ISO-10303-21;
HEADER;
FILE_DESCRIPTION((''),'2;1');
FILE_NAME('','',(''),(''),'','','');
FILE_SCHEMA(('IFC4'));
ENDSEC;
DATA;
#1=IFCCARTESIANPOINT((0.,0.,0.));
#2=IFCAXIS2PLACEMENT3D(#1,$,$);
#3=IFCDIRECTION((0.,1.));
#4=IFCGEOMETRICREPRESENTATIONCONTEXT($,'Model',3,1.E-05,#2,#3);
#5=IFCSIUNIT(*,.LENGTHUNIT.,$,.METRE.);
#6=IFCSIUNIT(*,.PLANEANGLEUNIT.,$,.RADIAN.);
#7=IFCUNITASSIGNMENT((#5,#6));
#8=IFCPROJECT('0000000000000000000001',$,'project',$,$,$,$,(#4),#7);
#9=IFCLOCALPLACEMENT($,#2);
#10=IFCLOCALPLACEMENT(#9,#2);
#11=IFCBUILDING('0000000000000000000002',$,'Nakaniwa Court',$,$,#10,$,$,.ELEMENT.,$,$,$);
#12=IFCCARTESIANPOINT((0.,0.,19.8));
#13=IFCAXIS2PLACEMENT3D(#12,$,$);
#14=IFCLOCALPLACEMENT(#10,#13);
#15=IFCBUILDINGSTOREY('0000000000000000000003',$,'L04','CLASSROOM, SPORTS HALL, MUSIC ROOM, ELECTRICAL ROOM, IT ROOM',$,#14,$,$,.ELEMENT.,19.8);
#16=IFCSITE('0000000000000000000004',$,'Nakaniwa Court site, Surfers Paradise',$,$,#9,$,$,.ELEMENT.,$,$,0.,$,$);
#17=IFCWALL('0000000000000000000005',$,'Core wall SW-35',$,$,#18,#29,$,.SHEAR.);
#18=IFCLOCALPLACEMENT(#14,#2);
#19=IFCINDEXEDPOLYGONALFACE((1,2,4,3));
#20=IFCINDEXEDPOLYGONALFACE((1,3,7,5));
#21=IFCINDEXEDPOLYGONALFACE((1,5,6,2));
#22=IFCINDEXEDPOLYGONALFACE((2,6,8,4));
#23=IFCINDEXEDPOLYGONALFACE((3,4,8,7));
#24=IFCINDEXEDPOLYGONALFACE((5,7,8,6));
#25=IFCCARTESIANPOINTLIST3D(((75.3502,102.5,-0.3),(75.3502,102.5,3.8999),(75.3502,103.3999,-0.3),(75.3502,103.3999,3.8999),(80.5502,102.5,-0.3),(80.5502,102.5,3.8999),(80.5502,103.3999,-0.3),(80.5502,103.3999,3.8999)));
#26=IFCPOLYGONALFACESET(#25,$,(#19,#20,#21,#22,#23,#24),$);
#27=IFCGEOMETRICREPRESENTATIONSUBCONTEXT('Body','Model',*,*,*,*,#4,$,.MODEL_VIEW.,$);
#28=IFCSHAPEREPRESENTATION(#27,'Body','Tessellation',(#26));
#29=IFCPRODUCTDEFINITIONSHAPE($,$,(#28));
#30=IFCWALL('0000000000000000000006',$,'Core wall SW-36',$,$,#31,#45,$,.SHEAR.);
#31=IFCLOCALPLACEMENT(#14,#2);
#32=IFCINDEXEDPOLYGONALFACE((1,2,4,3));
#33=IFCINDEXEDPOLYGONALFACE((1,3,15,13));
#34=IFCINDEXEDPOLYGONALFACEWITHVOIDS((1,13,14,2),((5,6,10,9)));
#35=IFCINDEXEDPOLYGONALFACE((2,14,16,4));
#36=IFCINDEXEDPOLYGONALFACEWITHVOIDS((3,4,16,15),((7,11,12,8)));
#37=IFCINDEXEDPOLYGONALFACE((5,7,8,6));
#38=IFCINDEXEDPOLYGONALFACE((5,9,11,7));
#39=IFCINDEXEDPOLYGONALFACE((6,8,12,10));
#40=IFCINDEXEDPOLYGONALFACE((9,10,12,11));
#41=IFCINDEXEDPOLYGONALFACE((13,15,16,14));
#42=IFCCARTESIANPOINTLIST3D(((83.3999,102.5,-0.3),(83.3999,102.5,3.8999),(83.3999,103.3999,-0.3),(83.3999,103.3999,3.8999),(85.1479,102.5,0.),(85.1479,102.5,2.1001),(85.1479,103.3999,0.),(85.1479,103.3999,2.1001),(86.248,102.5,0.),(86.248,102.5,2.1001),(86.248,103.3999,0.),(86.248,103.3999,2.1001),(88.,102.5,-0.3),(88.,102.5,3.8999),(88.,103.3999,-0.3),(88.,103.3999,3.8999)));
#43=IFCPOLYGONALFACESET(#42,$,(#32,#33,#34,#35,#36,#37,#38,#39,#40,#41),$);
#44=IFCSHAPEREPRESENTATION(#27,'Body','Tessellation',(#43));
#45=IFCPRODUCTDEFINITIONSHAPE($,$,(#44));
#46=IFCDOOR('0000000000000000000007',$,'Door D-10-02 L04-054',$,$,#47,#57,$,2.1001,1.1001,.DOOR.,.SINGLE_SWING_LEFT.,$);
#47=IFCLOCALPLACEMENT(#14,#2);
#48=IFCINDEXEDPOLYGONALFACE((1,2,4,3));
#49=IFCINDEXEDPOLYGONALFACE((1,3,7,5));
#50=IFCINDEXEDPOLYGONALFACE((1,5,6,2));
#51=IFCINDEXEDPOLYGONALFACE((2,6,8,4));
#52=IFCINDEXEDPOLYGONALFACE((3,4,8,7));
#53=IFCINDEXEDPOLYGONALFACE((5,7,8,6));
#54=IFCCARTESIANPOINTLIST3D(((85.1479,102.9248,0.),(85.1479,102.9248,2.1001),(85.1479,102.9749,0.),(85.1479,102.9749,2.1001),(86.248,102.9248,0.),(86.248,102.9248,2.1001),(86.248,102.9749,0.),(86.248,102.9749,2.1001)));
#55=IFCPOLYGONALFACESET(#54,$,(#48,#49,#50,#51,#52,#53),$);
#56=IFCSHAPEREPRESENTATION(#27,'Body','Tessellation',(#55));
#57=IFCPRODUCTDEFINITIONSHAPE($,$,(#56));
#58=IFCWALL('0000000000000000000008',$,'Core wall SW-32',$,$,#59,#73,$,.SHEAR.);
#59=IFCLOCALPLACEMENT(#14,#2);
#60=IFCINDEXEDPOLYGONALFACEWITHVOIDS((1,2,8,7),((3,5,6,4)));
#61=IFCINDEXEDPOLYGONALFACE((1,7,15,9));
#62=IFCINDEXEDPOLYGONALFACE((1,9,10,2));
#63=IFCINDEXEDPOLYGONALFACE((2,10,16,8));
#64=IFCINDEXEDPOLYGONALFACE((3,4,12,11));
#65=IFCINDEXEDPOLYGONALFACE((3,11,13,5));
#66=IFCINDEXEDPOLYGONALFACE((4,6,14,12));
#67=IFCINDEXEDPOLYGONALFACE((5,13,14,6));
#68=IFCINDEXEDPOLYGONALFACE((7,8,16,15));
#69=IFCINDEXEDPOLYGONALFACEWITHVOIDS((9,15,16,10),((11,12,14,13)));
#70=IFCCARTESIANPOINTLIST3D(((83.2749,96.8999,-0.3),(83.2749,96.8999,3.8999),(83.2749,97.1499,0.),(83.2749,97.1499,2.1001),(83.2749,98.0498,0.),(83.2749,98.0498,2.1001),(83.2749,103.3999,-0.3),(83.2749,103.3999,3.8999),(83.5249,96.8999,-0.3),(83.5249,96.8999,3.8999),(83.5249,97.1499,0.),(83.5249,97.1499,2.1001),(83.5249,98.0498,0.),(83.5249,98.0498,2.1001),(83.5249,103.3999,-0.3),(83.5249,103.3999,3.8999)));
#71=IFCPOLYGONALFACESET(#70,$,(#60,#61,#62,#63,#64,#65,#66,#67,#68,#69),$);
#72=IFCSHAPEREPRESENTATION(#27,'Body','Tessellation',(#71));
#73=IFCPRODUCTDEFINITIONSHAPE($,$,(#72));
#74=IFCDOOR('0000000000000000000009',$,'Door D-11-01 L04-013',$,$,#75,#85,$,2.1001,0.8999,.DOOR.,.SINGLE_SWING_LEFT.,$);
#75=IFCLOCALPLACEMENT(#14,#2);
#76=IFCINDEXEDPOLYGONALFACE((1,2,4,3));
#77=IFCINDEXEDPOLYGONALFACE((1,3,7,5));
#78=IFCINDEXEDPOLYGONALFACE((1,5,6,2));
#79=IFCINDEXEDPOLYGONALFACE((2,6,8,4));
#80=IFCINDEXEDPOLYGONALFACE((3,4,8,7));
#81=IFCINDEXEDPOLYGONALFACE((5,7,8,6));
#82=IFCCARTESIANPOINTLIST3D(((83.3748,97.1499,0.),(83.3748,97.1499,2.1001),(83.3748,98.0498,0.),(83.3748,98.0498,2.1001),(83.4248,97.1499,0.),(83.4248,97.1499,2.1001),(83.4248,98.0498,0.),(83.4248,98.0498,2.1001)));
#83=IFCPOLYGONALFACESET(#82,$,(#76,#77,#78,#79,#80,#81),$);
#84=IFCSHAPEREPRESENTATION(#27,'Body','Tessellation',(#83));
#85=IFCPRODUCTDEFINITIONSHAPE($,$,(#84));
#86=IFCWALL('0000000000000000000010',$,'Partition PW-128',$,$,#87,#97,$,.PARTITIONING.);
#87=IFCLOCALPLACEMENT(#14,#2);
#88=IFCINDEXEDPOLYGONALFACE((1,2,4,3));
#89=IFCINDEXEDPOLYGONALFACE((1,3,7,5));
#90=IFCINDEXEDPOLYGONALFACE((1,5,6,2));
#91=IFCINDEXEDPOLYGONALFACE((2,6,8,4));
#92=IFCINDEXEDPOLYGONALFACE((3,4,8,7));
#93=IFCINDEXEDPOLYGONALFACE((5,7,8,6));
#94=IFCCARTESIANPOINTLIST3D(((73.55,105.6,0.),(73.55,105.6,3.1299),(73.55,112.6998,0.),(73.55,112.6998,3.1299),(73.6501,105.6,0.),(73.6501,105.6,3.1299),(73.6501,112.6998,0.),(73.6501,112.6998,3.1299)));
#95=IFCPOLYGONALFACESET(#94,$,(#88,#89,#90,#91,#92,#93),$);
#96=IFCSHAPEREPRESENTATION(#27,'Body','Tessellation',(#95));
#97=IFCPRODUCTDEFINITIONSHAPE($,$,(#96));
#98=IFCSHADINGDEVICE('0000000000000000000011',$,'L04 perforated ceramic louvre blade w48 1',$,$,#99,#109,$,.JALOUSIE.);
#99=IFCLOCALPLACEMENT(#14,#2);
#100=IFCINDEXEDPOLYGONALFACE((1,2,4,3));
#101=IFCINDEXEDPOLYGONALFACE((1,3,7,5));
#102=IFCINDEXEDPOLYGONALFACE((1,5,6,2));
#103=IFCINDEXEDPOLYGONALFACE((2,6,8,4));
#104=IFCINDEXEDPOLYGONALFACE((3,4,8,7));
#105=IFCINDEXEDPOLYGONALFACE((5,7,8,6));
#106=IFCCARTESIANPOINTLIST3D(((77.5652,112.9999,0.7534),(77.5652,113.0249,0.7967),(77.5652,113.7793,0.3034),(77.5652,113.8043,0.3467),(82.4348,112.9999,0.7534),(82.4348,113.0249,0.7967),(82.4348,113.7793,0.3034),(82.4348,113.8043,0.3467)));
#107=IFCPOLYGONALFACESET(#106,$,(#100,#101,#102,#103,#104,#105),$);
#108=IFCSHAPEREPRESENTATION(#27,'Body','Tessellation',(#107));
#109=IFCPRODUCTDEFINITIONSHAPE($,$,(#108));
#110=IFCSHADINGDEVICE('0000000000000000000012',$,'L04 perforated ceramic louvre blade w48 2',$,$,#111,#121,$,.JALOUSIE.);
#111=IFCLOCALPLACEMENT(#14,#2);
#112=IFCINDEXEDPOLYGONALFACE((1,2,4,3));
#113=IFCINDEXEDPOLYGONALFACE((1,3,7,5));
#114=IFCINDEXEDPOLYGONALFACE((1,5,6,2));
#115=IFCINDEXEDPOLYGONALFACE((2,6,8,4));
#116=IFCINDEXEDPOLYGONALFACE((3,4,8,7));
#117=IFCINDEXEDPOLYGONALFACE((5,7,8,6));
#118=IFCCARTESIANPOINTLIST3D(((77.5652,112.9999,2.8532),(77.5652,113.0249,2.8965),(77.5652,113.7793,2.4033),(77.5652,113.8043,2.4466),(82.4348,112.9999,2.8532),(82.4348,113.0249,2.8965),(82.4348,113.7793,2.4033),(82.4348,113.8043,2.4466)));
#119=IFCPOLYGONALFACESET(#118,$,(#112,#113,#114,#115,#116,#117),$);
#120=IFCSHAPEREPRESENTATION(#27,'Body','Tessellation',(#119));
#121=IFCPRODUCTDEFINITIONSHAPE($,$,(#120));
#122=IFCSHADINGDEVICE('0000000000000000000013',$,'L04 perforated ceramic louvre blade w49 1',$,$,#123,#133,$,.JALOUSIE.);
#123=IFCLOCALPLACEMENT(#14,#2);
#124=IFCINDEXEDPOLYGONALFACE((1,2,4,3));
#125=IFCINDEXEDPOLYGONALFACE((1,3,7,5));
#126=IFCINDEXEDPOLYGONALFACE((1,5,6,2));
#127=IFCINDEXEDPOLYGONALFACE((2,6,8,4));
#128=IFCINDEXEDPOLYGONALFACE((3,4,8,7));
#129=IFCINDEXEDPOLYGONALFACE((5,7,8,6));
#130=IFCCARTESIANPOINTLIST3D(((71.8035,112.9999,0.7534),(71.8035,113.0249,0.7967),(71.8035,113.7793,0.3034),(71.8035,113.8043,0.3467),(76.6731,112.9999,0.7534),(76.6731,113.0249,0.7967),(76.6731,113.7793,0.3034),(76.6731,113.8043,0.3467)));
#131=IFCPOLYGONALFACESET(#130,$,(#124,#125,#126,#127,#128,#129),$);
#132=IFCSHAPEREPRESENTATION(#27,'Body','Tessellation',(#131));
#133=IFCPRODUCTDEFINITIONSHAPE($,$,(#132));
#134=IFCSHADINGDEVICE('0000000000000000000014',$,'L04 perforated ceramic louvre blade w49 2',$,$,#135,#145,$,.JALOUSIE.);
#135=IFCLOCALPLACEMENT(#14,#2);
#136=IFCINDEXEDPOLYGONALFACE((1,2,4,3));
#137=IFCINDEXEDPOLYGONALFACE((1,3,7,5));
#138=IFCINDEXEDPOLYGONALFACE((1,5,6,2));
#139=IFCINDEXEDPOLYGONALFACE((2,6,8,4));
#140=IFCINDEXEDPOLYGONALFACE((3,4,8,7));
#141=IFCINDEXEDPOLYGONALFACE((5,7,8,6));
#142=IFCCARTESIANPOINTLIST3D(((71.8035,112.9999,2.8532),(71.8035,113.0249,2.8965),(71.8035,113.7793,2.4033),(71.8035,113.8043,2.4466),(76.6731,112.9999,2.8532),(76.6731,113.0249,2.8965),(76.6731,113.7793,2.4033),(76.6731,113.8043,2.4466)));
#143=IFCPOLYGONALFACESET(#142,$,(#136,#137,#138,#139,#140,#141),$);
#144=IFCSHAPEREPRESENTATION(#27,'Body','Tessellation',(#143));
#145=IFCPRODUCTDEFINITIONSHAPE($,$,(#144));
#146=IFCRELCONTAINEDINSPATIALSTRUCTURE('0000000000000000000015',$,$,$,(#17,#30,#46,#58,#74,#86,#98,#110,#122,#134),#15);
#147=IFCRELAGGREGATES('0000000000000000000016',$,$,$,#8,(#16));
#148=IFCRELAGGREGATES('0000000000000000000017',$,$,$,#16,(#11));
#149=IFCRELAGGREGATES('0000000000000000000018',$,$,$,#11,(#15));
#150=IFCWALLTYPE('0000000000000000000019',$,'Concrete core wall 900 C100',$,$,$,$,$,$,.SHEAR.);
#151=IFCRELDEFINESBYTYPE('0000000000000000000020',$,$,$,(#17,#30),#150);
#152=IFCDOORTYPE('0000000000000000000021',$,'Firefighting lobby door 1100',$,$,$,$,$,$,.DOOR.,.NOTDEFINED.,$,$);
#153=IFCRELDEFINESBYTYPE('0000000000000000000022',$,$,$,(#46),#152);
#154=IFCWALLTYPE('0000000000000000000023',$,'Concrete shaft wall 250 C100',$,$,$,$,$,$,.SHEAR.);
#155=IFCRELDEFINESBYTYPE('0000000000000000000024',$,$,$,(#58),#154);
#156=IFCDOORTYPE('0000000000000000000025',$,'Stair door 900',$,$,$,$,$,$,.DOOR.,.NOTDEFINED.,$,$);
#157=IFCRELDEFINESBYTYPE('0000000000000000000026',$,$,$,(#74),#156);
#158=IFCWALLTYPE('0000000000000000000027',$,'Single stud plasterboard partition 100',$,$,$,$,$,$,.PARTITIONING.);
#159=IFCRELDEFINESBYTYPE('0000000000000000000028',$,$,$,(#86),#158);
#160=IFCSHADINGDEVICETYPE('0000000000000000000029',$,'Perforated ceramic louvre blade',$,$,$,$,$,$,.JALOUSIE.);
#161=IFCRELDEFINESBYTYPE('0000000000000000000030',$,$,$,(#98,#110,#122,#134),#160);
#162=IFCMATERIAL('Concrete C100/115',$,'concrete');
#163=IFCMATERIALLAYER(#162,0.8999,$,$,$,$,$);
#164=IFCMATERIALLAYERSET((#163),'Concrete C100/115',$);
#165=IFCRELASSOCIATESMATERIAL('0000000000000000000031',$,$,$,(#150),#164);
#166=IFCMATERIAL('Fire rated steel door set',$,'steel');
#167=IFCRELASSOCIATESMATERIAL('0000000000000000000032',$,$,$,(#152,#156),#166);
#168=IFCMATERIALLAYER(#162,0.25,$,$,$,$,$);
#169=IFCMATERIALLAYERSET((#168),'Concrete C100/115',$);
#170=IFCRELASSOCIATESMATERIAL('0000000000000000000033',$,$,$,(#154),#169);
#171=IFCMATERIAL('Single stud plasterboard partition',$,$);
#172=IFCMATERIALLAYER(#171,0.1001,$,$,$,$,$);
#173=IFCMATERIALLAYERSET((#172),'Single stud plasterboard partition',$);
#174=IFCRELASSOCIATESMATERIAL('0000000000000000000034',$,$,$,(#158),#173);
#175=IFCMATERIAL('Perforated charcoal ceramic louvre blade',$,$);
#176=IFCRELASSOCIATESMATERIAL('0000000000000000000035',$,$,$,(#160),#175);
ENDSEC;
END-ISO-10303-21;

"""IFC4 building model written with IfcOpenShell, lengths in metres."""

from ifc_helpers import new_model, si_unit, direction, frame, frame_2d, origin, origin_2d, place, context, subcontext, project, spatial, rectangle, extrude, material, layer, layer_set, material_profile, profile_set, type_object, element, fill, save


model = new_model("IFC4")

# Units and contexts
model_context = context("Model", 3, precision=1e-05, world=origin(), true_north=direction((0.0, 1.0)))
body_context = subcontext(model_context, "Body", "Model", "MODEL_VIEW")
ifc_project = project(units=[si_unit("LENGTHUNIT", "METRE"), si_unit("PLANEANGLEUNIT", "RADIAN")], contexts=[model_context])

# Site, building, storey
site_placement = place(None, origin())
site = spatial("IfcSite", under=ifc_project, at=site_placement, Name="Nakaniwa Court site, Surfers Paradise", CompositionType="ELEMENT", RefElevation=0.0)
building_placement = place(site_placement, origin())
building = spatial("IfcBuilding", under=site, at=building_placement, Name="Nakaniwa Court", CompositionType="ELEMENT")
storey_placement = place(building_placement, frame((0.0, 0.0, 19.8)))
storey = spatial("IfcBuildingStorey", under=building, at=storey_placement, Name="L04", Description="CLASSROOM, SPORTS HALL, MUSIC ROOM, ELECTRICAL ROOM, IT ROOM", CompositionType="ELEMENT", Elevation=19.8)

# Shared definitions
ifc_material_1 = material(Name="Concrete C100/115", Category="concrete")

# Wall
ifc_layer_1 = layer(ifc_material_1, 0.8999)
ifc_layer_set_1 = layer_set([ifc_layer_1], Name="Concrete C100/115")
wall_type_1 = type_object("IfcWallType", Name="Concrete core wall 900 C100", PredefinedType="SHEAR", material=ifc_layer_set_1)
wall_1_placement = place(storey_placement, frame((75.3501, 102.95, -0.3), z_axis=(0.0, 0.0, 1.0), x_axis=(1.0, 0.0, 0.0)))
element("IfcWall", 1, at=wall_1_placement, inside=storey, type_object=wall_type_1, Name="Core wall SW-35", PredefinedType="SHEAR", context=body_context, shape_type="SweptSolid", body=[
    extrude(rectangle(XDim=5.2, YDim=0.8999, at=frame_2d((2.6001, 0.0))), origin(), (0.0, 0.0, 1.0), 4.2),
])

# Walls, openings, doors
wall_2_placement = place(storey_placement, frame((83.3999, 102.95, -0.3), z_axis=(0.0, 0.0, 1.0), x_axis=(1.0, 0.0, 0.0)))
wall_2 = element("IfcWall", 2, at=wall_2_placement, inside=storey, type_object=wall_type_1, Name="Core wall SW-36", PredefinedType="SHEAR", context=body_context, shape_type="SweptSolid", body=[
    extrude(rectangle(XDim=4.6001, YDim=0.8999, at=frame_2d((2.3, 0.0))), origin(), (0.0, 0.0, 1.0), 4.2),
])
opening_1_placement = place(wall_2_placement, frame((1.748, 0.0, 0.3)))
opening_1 = element("IfcOpeningElement", 3, at=opening_1_placement, cuts=wall_2, PredefinedType="OPENING", context=body_context, shape_type="SweptSolid", body=[
    extrude(rectangle(XDim=1.1001, YDim=2.1001, at=frame_2d((0.55, 1.05))), frame((0.0, 0.46, 0.0), z_axis=(0.0, -1.0, 0.0), x_axis=(1.0, 0.0, 0.0)), (0.0, 0.0, 1.0), 0.9199),
])
ifc_material_2 = material(Name="Fire rated steel door set", Category="steel")
door_type_1 = type_object("IfcDoorType", Name="Firefighting lobby door 1100", OperationType="NOTDEFINED", PredefinedType="DOOR", material=ifc_material_2)
door_1_placement = place(opening_1_placement, origin())
door_1 = element("IfcDoor", 4, at=door_1_placement, inside=storey, type_object=door_type_1, Name="Door D-10-02 L04-054", OperationType="SINGLE_SWING_LEFT", OverallHeight=2.1001, OverallWidth=1.1001, PredefinedType="DOOR", context=body_context, shape_type="SweptSolid", body=[
    extrude(rectangle(XDim=1.1001, YDim=2.1001, at=frame_2d((0.55, 1.05))), frame((0.0, 0.0249, 0.0), z_axis=(0.0, -1.0, 0.0), x_axis=(1.0, 0.0, 0.0)), (0.0, 0.0, 1.0), 0.05),
])
fill(opening_1, door_1)
ifc_layer_2 = layer(ifc_material_1, 0.25)
ifc_layer_set_2 = layer_set([ifc_layer_2], Name="Concrete C100/115")
wall_type_2 = type_object("IfcWallType", Name="Concrete shaft wall 250 C100", PredefinedType="SHEAR", material=ifc_layer_set_2)
wall_3_placement = place(storey_placement, frame((83.3999, 103.3999, -0.3), z_axis=(0.0, 0.0, 1.0), x_axis=(0.0, -1.0, 0.0)))
wall_3 = element("IfcWall", 5, at=wall_3_placement, inside=storey, type_object=wall_type_2, Name="Core wall SW-32", PredefinedType="SHEAR", context=body_context, shape_type="SweptSolid", body=[
    extrude(rectangle(XDim=6.5, YDim=0.25, at=frame_2d((3.25, 0.0))), origin(), (0.0, 0.0, 1.0), 4.2),
])
opening_2_placement = place(wall_3_placement, frame((5.3501, 0.0, 0.3)))
opening_2 = element("IfcOpeningElement", 6, at=opening_2_placement, cuts=wall_3, PredefinedType="OPENING", context=body_context, shape_type="SweptSolid", body=[
    extrude(rectangle(XDim=0.8999, YDim=2.1001, at=frame_2d((0.45, 1.05))), frame((0.0, 0.135, 0.0), z_axis=(0.0, -1.0, 0.0), x_axis=(1.0, 0.0, 0.0)), (0.0, 0.0, 1.0), 0.27),
])
door_type_2 = type_object("IfcDoorType", Name="Stair door 900", OperationType="NOTDEFINED", PredefinedType="DOOR", material=ifc_material_2)
door_2_placement = place(opening_2_placement, origin())
door_2 = element("IfcDoor", 7, at=door_2_placement, inside=storey, type_object=door_type_2, Name="Door D-11-01 L04-013", OperationType="SINGLE_SWING_LEFT", OverallHeight=2.1001, OverallWidth=0.8999, PredefinedType="DOOR", context=body_context, shape_type="SweptSolid", body=[
    extrude(rectangle(XDim=0.8999, YDim=2.1001, at=frame_2d((0.45, 1.05))), frame((0.0, 0.0249, 0.0), z_axis=(0.0, -1.0, 0.0), x_axis=(1.0, 0.0, 0.0)), (0.0, 0.0, 1.0), 0.05),
])
fill(opening_2, door_2)

# Wall
ifc_material_3 = material(Name="Single stud plasterboard partition")
ifc_layer_3 = layer(ifc_material_3, 0.1001)
ifc_layer_set_3 = layer_set([ifc_layer_3], Name="Single stud plasterboard partition")
wall_type_3 = type_object("IfcWallType", Name="Single stud plasterboard partition 100", PredefinedType="PARTITIONING", material=ifc_layer_set_3)
wall_4_placement = place(storey_placement, frame((73.6001, 105.6001, 0.0), z_axis=(0.0, 0.0, 1.0), x_axis=(0.0, 1.0, 0.0)))
element("IfcWall", 8, at=wall_4_placement, inside=storey, type_object=wall_type_3, Name="Partition PW-128", PredefinedType="PARTITIONING", context=body_context, shape_type="SweptSolid", body=[
    extrude(rectangle(XDim=7.0999, YDim=0.1001, at=frame_2d((3.5498, 0.0))), origin(), (0.0, 0.0, 1.0), 3.1299),
])

# Shading devices
ifc_material_4 = material(Name="Perforated charcoal ceramic louvre blade")
ifc_material_profile_1 = material_profile(ifc_material_4, rectangle(XDim=0.8999, YDim=0.05, at=origin_2d()), Name="Perforated ceramic louvre blade")
ifc_profile_set_1 = profile_set([ifc_material_profile_1], Name="Perforated charcoal ceramic louvre blade")
shading_device_type = type_object("IfcShadingDeviceType", Name="Perforated ceramic louvre blade", PredefinedType="JALOUSIE", material=ifc_profile_set_1)
for number, where, z_axis, x_axis, name in (
    (9, (82.4348, 113.4021, 0.55), (-1.0, 0.0, 0.0), (0.0, -0.866025, 0.5), "L04 perforated ceramic louvre blade w48 1"),
    (10, (82.4348, 113.4021, 2.6499), (-1.0, 0.0, 0.0), (0.0, -0.866025, 0.5), "L04 perforated ceramic louvre blade w48 2"),
    (11, (76.6731, 113.4021, 0.55), (-1.0, 0.0, 0.0), (0.0, -0.866025, 0.5), "L04 perforated ceramic louvre blade w49 1"),
    (12, (76.6731, 113.4021, 2.6499), (-1.0, 0.0, 0.0), (0.0, -0.866025, 0.5), "L04 perforated ceramic louvre blade w49 2"),
):
    element("IfcShadingDevice", number, at=place(storey_placement, frame(where, z_axis=z_axis, x_axis=x_axis)), inside=storey, type_object=shading_device_type, Name=name, PredefinedType="JALOUSIE", context=body_context, shape_type="SweptSolid", body=[
        extrude(rectangle(XDim=0.8999, YDim=0.05, at=origin_2d()), origin(), (0.0, 0.0, 1.0), 4.8696),
    ])

save(model, "model.ifc")
